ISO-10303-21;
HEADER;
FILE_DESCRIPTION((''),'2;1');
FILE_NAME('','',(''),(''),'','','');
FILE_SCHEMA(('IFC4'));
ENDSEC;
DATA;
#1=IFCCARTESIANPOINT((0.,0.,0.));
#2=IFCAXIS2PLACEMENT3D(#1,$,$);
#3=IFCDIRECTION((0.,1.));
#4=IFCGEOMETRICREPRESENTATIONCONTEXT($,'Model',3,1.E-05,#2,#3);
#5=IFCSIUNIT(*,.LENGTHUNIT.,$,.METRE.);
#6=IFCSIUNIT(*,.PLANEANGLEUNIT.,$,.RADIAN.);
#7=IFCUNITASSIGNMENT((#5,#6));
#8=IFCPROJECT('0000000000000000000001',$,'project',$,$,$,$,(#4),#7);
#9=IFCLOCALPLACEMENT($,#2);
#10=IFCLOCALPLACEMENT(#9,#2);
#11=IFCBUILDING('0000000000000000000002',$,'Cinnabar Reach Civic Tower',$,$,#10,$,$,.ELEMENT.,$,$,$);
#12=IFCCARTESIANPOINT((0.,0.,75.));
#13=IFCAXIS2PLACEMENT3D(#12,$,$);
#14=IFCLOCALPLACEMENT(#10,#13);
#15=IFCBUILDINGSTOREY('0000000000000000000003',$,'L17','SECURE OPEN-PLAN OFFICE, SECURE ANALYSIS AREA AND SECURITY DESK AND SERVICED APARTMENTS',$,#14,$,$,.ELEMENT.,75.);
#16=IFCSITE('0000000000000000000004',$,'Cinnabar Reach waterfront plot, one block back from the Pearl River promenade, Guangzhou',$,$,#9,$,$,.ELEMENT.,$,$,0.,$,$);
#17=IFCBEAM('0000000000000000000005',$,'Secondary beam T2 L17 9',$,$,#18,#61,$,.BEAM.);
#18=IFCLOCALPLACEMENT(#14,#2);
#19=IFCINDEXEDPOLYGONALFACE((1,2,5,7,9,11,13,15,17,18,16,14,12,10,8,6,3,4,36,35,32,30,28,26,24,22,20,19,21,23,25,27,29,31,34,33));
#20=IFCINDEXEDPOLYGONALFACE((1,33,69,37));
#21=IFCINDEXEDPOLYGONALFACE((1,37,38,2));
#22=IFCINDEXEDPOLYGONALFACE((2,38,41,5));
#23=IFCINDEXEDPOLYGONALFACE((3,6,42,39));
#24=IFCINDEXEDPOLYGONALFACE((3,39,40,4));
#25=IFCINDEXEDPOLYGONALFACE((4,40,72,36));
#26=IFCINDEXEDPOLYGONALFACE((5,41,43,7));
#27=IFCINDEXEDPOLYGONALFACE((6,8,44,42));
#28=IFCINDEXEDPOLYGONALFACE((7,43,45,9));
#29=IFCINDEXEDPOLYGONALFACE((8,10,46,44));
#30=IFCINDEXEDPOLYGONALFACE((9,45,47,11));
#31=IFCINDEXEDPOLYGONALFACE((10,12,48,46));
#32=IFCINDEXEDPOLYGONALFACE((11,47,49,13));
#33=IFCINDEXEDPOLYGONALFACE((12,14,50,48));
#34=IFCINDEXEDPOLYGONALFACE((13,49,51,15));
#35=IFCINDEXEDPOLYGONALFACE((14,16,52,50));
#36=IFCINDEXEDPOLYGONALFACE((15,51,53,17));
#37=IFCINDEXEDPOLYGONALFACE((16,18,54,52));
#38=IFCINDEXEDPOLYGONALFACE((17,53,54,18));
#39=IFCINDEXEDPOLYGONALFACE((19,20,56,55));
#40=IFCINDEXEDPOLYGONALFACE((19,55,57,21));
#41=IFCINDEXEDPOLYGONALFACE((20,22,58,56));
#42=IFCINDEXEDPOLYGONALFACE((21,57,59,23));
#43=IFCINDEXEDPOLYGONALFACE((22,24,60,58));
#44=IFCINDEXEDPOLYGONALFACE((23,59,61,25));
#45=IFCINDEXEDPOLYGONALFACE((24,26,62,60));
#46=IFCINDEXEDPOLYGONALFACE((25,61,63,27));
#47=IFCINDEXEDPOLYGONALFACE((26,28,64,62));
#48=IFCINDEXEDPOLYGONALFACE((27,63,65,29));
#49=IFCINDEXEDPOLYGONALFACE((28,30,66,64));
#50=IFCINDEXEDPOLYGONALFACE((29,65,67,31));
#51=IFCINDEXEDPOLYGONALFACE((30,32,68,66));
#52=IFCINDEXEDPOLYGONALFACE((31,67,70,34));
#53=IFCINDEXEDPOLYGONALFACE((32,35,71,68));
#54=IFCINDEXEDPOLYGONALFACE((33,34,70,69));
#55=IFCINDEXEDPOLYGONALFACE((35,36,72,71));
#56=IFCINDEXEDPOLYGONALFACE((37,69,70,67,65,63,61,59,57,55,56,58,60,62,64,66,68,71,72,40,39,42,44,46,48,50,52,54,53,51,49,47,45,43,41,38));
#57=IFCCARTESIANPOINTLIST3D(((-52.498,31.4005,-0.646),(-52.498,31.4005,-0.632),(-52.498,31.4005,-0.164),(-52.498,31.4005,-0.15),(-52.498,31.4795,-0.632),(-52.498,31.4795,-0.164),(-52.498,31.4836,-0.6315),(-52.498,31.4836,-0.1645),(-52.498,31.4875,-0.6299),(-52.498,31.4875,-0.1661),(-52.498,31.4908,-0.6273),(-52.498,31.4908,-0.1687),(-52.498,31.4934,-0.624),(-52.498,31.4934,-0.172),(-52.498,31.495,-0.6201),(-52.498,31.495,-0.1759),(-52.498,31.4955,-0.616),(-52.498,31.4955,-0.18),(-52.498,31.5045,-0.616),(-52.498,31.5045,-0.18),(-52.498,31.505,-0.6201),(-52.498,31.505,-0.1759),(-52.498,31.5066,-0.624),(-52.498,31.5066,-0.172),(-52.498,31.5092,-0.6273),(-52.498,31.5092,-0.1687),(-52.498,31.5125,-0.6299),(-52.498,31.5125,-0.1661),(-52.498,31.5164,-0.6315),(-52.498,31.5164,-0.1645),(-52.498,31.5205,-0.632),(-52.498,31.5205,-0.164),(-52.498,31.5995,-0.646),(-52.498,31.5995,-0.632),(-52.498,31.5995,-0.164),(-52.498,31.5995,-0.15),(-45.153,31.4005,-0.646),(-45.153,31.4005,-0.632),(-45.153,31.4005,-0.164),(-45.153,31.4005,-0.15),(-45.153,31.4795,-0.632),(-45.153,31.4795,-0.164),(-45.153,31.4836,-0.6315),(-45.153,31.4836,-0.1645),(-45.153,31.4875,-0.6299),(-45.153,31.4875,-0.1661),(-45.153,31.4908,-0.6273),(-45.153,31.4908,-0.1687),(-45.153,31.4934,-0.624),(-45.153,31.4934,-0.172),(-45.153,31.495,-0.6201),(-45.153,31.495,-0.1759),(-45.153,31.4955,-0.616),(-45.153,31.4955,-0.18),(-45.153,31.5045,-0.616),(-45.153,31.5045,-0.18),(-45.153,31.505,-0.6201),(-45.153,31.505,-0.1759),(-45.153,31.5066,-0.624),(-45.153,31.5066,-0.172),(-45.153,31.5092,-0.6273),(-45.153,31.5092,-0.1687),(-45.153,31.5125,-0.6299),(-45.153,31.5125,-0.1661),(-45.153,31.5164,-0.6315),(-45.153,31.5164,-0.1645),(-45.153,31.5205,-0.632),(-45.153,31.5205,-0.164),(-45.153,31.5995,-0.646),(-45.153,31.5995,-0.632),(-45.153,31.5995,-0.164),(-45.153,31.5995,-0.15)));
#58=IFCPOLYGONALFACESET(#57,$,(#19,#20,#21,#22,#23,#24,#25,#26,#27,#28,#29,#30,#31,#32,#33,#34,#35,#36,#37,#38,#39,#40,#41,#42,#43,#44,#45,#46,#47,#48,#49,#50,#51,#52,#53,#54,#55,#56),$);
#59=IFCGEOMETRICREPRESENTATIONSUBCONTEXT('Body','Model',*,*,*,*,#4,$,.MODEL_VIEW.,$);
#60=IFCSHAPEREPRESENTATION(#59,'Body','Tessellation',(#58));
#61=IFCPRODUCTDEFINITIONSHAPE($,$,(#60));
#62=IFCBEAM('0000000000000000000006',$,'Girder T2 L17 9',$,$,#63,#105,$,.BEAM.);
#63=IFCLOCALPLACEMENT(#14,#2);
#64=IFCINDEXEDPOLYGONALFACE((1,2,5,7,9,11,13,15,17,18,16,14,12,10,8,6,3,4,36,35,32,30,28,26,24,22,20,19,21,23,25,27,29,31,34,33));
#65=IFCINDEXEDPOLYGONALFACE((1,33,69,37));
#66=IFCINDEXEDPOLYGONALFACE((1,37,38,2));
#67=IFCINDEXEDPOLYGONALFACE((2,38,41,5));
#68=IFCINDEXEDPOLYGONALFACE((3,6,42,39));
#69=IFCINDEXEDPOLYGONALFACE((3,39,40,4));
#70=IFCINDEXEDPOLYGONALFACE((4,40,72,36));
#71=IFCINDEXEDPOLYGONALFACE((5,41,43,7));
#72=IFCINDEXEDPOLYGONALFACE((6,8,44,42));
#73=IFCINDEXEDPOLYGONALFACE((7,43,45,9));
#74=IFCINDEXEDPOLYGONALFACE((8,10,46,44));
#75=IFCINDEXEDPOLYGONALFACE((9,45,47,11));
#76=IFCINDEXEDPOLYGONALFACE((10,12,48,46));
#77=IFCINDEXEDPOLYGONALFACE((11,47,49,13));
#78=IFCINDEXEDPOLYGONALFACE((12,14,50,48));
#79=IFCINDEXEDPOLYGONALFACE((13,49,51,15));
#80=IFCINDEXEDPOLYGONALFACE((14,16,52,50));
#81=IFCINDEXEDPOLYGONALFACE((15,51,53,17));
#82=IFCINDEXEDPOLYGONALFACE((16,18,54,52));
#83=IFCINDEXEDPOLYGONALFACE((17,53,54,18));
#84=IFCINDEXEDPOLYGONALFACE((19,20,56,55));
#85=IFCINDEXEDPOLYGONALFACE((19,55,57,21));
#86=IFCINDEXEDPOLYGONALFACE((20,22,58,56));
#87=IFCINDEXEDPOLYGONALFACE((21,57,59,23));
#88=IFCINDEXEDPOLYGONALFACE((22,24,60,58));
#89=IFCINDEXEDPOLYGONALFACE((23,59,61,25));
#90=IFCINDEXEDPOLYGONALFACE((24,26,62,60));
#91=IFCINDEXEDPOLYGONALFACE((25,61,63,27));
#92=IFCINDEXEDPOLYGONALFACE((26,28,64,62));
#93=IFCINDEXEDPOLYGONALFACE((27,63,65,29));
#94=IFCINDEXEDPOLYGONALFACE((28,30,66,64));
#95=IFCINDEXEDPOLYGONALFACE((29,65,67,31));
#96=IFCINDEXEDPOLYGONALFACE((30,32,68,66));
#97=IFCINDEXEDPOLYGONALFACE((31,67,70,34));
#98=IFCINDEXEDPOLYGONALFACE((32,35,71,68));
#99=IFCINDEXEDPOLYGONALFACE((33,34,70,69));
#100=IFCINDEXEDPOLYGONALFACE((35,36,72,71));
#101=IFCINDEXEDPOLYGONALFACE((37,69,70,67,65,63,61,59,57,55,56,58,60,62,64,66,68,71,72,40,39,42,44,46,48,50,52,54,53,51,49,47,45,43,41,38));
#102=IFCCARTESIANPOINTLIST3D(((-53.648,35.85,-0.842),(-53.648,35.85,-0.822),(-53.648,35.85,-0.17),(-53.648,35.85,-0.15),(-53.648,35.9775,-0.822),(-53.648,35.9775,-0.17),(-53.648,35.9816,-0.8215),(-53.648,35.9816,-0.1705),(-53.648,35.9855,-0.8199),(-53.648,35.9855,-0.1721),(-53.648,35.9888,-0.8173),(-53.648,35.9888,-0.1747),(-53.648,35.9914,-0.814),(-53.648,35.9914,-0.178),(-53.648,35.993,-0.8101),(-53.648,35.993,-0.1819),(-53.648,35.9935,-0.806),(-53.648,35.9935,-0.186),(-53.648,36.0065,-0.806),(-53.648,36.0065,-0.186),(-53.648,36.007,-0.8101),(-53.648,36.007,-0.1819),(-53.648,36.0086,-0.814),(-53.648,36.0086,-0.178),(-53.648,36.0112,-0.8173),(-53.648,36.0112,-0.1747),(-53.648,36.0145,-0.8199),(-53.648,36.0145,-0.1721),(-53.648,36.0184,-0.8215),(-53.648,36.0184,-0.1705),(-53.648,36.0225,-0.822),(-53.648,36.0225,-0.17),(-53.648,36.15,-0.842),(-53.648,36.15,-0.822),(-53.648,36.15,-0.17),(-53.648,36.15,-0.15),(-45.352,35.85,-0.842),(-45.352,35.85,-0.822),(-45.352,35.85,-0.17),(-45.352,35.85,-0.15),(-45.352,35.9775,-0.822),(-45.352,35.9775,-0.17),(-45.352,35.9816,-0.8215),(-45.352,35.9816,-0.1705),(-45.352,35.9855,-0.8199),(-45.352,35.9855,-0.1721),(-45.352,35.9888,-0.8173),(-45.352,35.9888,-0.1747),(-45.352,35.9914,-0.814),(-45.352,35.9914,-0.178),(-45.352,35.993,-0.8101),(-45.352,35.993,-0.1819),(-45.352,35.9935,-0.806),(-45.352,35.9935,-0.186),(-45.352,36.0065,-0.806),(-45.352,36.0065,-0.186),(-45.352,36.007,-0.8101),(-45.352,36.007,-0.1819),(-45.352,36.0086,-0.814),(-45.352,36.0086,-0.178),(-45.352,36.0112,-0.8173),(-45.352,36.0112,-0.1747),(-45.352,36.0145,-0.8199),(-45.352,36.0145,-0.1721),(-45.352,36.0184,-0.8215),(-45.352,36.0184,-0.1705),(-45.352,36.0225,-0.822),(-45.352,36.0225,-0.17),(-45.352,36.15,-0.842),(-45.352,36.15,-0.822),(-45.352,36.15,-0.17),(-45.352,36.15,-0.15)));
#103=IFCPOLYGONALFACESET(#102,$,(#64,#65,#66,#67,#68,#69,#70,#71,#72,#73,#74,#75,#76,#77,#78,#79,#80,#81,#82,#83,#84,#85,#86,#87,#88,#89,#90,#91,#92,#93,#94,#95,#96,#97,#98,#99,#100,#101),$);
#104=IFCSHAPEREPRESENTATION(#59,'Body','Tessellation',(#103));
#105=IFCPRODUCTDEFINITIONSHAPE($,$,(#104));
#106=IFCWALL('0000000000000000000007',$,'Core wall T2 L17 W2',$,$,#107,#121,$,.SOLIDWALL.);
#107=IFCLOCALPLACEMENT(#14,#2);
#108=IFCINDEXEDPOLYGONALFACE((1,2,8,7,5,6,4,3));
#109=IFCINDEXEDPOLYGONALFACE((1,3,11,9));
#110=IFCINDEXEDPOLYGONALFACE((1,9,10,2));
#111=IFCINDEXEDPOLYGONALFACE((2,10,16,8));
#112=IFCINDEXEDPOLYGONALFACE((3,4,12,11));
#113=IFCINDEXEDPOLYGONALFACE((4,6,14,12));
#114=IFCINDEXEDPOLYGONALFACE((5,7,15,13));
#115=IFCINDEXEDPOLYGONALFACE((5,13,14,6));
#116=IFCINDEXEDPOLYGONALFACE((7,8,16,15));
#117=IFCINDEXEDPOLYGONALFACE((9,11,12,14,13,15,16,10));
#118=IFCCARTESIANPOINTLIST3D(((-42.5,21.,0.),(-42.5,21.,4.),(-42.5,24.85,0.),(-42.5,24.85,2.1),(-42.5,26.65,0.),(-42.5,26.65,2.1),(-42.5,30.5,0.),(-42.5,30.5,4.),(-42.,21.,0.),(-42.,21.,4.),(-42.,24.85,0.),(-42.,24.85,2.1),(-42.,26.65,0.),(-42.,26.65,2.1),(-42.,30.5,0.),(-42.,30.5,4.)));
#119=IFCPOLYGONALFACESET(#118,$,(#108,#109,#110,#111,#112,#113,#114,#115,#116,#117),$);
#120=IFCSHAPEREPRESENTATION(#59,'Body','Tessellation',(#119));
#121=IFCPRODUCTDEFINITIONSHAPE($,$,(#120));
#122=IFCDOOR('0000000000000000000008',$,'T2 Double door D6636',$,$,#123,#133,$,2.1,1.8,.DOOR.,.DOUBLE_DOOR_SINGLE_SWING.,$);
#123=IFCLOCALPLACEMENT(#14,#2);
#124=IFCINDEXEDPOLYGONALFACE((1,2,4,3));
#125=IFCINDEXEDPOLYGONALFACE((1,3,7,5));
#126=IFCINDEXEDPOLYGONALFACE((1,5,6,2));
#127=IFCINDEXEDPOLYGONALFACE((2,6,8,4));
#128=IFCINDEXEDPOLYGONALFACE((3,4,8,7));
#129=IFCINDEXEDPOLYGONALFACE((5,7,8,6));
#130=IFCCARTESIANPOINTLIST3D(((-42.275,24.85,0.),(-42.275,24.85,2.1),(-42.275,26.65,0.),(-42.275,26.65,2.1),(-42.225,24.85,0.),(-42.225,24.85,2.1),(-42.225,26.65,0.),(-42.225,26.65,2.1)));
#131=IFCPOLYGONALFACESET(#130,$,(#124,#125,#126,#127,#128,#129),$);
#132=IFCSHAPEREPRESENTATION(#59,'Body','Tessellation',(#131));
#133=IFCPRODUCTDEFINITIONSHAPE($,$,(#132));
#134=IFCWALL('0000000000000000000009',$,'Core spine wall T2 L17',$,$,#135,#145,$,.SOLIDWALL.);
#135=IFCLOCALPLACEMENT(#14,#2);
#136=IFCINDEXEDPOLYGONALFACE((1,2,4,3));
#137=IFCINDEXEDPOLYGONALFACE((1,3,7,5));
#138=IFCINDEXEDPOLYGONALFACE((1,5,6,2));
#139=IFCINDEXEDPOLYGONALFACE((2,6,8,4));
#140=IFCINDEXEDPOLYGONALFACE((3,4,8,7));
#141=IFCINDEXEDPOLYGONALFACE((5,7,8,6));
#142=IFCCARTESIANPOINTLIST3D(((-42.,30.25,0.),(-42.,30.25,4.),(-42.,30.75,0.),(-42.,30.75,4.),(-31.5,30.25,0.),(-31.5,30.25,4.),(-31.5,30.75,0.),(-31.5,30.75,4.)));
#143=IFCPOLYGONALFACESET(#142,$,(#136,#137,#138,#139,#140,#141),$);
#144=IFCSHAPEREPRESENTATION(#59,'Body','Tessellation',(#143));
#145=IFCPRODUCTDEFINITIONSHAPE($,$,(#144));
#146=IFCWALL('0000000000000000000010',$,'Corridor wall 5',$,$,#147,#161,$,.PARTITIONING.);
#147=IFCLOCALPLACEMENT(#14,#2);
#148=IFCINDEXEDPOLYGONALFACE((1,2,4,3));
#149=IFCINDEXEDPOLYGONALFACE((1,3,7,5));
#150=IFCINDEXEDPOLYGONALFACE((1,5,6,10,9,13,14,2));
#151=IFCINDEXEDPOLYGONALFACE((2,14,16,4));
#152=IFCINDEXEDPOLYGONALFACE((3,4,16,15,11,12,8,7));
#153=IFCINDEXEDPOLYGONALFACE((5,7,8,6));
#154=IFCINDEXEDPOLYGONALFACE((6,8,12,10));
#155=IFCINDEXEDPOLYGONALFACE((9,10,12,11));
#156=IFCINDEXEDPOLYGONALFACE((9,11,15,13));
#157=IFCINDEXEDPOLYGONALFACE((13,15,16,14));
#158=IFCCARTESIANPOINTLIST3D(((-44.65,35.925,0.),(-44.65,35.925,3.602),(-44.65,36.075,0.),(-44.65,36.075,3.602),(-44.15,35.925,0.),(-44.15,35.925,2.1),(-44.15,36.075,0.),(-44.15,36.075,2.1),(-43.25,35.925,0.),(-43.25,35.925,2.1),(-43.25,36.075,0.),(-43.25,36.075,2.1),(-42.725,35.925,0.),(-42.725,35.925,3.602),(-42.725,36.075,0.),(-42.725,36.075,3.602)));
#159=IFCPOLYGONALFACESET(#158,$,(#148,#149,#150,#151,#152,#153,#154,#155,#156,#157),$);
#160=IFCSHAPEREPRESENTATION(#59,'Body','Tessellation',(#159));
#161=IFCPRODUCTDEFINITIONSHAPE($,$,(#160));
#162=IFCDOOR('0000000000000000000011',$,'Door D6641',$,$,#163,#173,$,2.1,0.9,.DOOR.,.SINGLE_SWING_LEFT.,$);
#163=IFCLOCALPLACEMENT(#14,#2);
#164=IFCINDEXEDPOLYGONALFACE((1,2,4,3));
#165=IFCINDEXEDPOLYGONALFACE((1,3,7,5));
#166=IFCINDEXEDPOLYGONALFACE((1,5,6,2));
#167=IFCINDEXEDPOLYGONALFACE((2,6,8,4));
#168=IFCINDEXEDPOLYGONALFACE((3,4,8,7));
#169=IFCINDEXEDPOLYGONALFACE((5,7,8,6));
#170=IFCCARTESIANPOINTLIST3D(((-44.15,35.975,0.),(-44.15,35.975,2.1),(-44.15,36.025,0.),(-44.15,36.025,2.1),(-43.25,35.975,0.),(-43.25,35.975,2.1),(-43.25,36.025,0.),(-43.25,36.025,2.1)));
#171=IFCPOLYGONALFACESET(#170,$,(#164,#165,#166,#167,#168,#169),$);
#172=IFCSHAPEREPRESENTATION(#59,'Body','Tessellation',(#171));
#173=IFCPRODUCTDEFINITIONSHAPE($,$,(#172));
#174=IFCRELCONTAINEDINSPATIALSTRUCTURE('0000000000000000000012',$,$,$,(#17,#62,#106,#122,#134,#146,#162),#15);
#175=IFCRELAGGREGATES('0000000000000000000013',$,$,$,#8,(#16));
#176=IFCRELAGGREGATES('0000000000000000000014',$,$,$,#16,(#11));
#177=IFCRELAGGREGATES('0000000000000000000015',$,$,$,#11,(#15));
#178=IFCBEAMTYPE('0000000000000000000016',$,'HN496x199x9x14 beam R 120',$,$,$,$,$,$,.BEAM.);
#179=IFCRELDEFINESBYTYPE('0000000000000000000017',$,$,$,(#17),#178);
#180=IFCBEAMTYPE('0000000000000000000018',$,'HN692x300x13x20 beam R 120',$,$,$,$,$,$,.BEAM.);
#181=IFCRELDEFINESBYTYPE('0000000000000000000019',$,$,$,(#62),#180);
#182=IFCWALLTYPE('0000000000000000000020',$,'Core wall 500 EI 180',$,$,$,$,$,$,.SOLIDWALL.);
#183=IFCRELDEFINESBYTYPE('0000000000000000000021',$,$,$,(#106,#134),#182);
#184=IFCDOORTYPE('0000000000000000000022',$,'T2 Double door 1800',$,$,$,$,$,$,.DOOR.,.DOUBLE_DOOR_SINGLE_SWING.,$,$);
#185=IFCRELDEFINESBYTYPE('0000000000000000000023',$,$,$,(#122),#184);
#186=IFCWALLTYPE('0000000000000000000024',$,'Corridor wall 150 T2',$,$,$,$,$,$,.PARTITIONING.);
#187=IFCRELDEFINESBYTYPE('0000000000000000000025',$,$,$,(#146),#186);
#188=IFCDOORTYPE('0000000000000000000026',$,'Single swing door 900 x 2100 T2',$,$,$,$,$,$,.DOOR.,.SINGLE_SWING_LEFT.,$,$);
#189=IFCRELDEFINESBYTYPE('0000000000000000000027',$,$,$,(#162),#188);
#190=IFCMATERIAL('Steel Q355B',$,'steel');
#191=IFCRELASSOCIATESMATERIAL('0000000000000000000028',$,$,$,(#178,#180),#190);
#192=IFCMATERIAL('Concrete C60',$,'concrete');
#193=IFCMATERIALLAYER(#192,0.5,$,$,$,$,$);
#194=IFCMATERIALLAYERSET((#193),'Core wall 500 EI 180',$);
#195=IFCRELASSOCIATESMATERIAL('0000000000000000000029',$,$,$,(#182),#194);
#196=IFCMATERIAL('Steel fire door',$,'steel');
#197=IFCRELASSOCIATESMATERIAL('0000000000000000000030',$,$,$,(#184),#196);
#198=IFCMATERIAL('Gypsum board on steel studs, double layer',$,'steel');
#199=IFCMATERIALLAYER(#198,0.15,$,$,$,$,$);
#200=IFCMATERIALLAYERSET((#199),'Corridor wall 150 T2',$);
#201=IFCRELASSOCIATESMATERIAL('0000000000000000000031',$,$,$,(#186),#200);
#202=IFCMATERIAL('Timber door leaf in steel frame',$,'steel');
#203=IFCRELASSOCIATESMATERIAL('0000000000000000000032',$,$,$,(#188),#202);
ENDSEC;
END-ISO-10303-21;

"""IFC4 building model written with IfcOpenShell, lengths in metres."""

from ifc_helpers import new_model, si_unit, direction, frame, frame_2d, origin, origin_2d, place, context, subcontext, project, spatial, rectangle, i_section, extrude, material, layer, layer_set, material_profile, profile_set, type_object, element, fill, save


model = new_model("IFC4")

# Units and contexts
model_context = context("Model", 3, precision=1e-05, world=origin(), true_north=direction((0.0, 1.0)))
body_context = subcontext(model_context, "Body", "Model", "MODEL_VIEW")
ifc_project = project(units=[si_unit("LENGTHUNIT", "METRE"), si_unit("PLANEANGLEUNIT", "RADIAN")], contexts=[model_context])

# Site, building, storey
site_placement = place(None, origin())
site = spatial("IfcSite", under=ifc_project, at=site_placement, Name="Cinnabar Reach waterfront plot, one block back from the Pearl River promenade, Guangzhou", CompositionType="ELEMENT", RefElevation=0.0)
building_placement = place(site_placement, origin())
building = spatial("IfcBuilding", under=site, at=building_placement, Name="Cinnabar Reach Civic Tower", CompositionType="ELEMENT")
storey_placement = place(building_placement, frame((0.0, 0.0, 75.0)))
storey = spatial("IfcBuildingStorey", under=building, at=storey_placement, Name="L17", Description="SECURE OPEN-PLAN OFFICE, SECURE ANALYSIS AREA AND SECURITY DESK AND SERVICED APARTMENTS", CompositionType="ELEMENT", Elevation=75.0)

# Shared definitions
ifc_material_1 = material(Name="Concrete C60", Category="concrete")

# Beams
ifc_material_2 = material(Name="Steel Q355B", Category="steel")
ifc_material_profile_1 = material_profile(ifc_material_2, i_section(OverallWidth=0.199, OverallDepth=0.496, WebThickness=0.009, FlangeThickness=0.014, FilletRadius=0.016, at=origin_2d()), Name="HN496x199x9x14")
ifc_profile_set_1 = profile_set([ifc_material_profile_1], Name="Steel Q355B")
beam_type_1 = type_object("IfcBeamType", Name="HN496x199x9x14 beam R 120", PredefinedType="BEAM", material=ifc_profile_set_1)
beam_1_placement = place(storey_placement, frame((-52.498, 31.5, -0.398), z_axis=(1.0, 0.0, 0.0), x_axis=(0.0, 1.0, 0.0)))
element("IfcBeam", 1, at=beam_1_placement, inside=storey, type_object=beam_type_1, Name="Secondary beam T2 L17 9", PredefinedType="BEAM", context=body_context, shape_type="SweptSolid", body=[
    extrude(i_section(OverallWidth=0.199, OverallDepth=0.496, WebThickness=0.009, FlangeThickness=0.014, FilletRadius=0.016, at=origin_2d()), origin(), (0.0, 0.0, 1.0), 7.345),
])
ifc_material_profile_2 = material_profile(ifc_material_2, i_section(OverallWidth=0.3, OverallDepth=0.692, WebThickness=0.013, FlangeThickness=0.02, FilletRadius=0.016, at=origin_2d()), Name="HN692x300x13x20")
ifc_profile_set_2 = profile_set([ifc_material_profile_2], Name="Steel Q355B")
beam_type_2 = type_object("IfcBeamType", Name="HN692x300x13x20 beam R 120", PredefinedType="BEAM", material=ifc_profile_set_2)
beam_2_placement = place(storey_placement, frame((-53.648, 36.0, -0.496), z_axis=(1.0, 0.0, 0.0), x_axis=(0.0, 1.0, 0.0)))
element("IfcBeam", 2, at=beam_2_placement, inside=storey, type_object=beam_type_2, Name="Girder T2 L17 9", PredefinedType="BEAM", context=body_context, shape_type="SweptSolid", body=[
    extrude(i_section(OverallWidth=0.3, OverallDepth=0.692, WebThickness=0.013, FlangeThickness=0.02, FilletRadius=0.016, at=origin_2d()), origin(), (0.0, 0.0, 1.0), 8.296),
])

# Wall, opening, door
ifc_layer_1 = layer(ifc_material_1, 0.5)
ifc_layer_set_1 = layer_set([ifc_layer_1], Name="Core wall 500 EI 180")
wall_type_1 = type_object("IfcWallType", Name="Core wall 500 EI 180", PredefinedType="SOLIDWALL", material=ifc_layer_set_1)
wall_1_placement = place(storey_placement, frame((-42.25, 30.5, 0.0), z_axis=(0.0, 0.0, 1.0), x_axis=(0.0, -1.0, 0.0)))
wall_1 = element("IfcWall", 3, at=wall_1_placement, inside=storey, type_object=wall_type_1, Name="Core wall T2 L17 W2", PredefinedType="SOLIDWALL", context=body_context, shape_type="SweptSolid", body=[
    extrude(rectangle(XDim=9.5, YDim=0.5, at=frame_2d((4.75, 0.0))), origin(), (0.0, 0.0, 1.0), 4.0),
])
opening_1_placement = place(wall_1_placement, frame((3.85, 0.0, 0.0)))
opening_1 = element("IfcOpeningElement", 4, at=opening_1_placement, cuts=wall_1, PredefinedType="OPENING", context=body_context, shape_type="SweptSolid", body=[
    extrude(rectangle(XDim=1.8, YDim=2.1, at=frame_2d((0.9, 1.05))), frame((0.0, 0.26, 0.0), z_axis=(0.0, -1.0, 0.0), x_axis=(1.0, 0.0, 0.0)), (0.0, 0.0, 1.0), 0.52),
])
ifc_material_3 = material(Name="Steel fire door", Category="steel")
door_type_1 = type_object("IfcDoorType", Name="T2 Double door 1800", OperationType="DOUBLE_DOOR_SINGLE_SWING", PredefinedType="DOOR", material=ifc_material_3)
door_1_placement = place(opening_1_placement, origin())
door_1 = element("IfcDoor", 5, at=door_1_placement, inside=storey, type_object=door_type_1, Name="T2 Double door D6636", OperationType="DOUBLE_DOOR_SINGLE_SWING", OverallHeight=2.1, OverallWidth=1.8, PredefinedType="DOOR", context=body_context, shape_type="SweptSolid", body=[
    extrude(rectangle(XDim=1.8, YDim=2.1, at=frame_2d((0.9, 1.05))), frame((0.0, 0.025, 0.0), z_axis=(0.0, -1.0, 0.0), x_axis=(1.0, 0.0, 0.0)), (0.0, 0.0, 1.0), 0.05),
])
fill(opening_1, door_1)

# Wall
wall_2_placement = place(storey_placement, frame((-42.0, 30.5, 0.0), z_axis=(0.0, 0.0, 1.0), x_axis=(1.0, 0.0, 0.0)))
element("IfcWall", 6, at=wall_2_placement, inside=storey, type_object=wall_type_1, Name="Core spine wall T2 L17", PredefinedType="SOLIDWALL", context=body_context, shape_type="SweptSolid", body=[
    extrude(rectangle(XDim=10.5, YDim=0.5, at=frame_2d((5.25, 0.0))), origin(), (0.0, 0.0, 1.0), 4.0),
])

# Wall, opening, door
ifc_material_4 = material(Name="Gypsum board on steel studs, double layer", Category="steel")
ifc_layer_2 = layer(ifc_material_4, 0.15)
ifc_layer_set_2 = layer_set([ifc_layer_2], Name="Corridor wall 150 T2")
wall_type_2 = type_object("IfcWallType", Name="Corridor wall 150 T2", PredefinedType="PARTITIONING", material=ifc_layer_set_2)
wall_3_placement = place(storey_placement, frame((-44.65, 36.0, 0.0), z_axis=(0.0, 0.0, 1.0), x_axis=(1.0, 0.0, 0.0)))
wall_3 = element("IfcWall", 7, at=wall_3_placement, inside=storey, type_object=wall_type_2, Name="Corridor wall 5", PredefinedType="PARTITIONING", context=body_context, shape_type="SweptSolid", body=[
    extrude(rectangle(XDim=1.925, YDim=0.15, at=frame_2d((0.9625, 0.0))), origin(), (0.0, 0.0, 1.0), 3.602),
])
opening_2_placement = place(wall_3_placement, frame((0.5, 0.0, 0.0)))
opening_2 = element("IfcOpeningElement", 8, at=opening_2_placement, cuts=wall_3, PredefinedType="OPENING", context=body_context, shape_type="SweptSolid", body=[
    extrude(rectangle(XDim=0.9, YDim=2.1, at=frame_2d((0.45, 1.05))), frame((0.0, 0.085, 0.0), z_axis=(0.0, -1.0, 0.0), x_axis=(1.0, 0.0, 0.0)), (0.0, 0.0, 1.0), 0.17),
])
ifc_material_5 = material(Name="Timber door leaf in steel frame", Category="steel")
door_type_2 = type_object("IfcDoorType", Name="Single swing door 900 x 2100 T2", OperationType="SINGLE_SWING_LEFT", PredefinedType="DOOR", material=ifc_material_5)
door_2_placement = place(opening_2_placement, origin())
door_2 = element("IfcDoor", 9, at=door_2_placement, inside=storey, type_object=door_type_2, Name="Door D6641", OperationType="SINGLE_SWING_LEFT", OverallHeight=2.1, OverallWidth=0.9, PredefinedType="DOOR", context=body_context, shape_type="SweptSolid", body=[
    extrude(rectangle(XDim=0.9, YDim=2.1, at=frame_2d((0.45, 1.05))), frame((0.0, 0.025, 0.0), z_axis=(0.0, -1.0, 0.0), x_axis=(1.0, 0.0, 0.0)), (0.0, 0.0, 1.0), 0.05),
])
fill(opening_2, door_2)

save(model, "model.ifc")
